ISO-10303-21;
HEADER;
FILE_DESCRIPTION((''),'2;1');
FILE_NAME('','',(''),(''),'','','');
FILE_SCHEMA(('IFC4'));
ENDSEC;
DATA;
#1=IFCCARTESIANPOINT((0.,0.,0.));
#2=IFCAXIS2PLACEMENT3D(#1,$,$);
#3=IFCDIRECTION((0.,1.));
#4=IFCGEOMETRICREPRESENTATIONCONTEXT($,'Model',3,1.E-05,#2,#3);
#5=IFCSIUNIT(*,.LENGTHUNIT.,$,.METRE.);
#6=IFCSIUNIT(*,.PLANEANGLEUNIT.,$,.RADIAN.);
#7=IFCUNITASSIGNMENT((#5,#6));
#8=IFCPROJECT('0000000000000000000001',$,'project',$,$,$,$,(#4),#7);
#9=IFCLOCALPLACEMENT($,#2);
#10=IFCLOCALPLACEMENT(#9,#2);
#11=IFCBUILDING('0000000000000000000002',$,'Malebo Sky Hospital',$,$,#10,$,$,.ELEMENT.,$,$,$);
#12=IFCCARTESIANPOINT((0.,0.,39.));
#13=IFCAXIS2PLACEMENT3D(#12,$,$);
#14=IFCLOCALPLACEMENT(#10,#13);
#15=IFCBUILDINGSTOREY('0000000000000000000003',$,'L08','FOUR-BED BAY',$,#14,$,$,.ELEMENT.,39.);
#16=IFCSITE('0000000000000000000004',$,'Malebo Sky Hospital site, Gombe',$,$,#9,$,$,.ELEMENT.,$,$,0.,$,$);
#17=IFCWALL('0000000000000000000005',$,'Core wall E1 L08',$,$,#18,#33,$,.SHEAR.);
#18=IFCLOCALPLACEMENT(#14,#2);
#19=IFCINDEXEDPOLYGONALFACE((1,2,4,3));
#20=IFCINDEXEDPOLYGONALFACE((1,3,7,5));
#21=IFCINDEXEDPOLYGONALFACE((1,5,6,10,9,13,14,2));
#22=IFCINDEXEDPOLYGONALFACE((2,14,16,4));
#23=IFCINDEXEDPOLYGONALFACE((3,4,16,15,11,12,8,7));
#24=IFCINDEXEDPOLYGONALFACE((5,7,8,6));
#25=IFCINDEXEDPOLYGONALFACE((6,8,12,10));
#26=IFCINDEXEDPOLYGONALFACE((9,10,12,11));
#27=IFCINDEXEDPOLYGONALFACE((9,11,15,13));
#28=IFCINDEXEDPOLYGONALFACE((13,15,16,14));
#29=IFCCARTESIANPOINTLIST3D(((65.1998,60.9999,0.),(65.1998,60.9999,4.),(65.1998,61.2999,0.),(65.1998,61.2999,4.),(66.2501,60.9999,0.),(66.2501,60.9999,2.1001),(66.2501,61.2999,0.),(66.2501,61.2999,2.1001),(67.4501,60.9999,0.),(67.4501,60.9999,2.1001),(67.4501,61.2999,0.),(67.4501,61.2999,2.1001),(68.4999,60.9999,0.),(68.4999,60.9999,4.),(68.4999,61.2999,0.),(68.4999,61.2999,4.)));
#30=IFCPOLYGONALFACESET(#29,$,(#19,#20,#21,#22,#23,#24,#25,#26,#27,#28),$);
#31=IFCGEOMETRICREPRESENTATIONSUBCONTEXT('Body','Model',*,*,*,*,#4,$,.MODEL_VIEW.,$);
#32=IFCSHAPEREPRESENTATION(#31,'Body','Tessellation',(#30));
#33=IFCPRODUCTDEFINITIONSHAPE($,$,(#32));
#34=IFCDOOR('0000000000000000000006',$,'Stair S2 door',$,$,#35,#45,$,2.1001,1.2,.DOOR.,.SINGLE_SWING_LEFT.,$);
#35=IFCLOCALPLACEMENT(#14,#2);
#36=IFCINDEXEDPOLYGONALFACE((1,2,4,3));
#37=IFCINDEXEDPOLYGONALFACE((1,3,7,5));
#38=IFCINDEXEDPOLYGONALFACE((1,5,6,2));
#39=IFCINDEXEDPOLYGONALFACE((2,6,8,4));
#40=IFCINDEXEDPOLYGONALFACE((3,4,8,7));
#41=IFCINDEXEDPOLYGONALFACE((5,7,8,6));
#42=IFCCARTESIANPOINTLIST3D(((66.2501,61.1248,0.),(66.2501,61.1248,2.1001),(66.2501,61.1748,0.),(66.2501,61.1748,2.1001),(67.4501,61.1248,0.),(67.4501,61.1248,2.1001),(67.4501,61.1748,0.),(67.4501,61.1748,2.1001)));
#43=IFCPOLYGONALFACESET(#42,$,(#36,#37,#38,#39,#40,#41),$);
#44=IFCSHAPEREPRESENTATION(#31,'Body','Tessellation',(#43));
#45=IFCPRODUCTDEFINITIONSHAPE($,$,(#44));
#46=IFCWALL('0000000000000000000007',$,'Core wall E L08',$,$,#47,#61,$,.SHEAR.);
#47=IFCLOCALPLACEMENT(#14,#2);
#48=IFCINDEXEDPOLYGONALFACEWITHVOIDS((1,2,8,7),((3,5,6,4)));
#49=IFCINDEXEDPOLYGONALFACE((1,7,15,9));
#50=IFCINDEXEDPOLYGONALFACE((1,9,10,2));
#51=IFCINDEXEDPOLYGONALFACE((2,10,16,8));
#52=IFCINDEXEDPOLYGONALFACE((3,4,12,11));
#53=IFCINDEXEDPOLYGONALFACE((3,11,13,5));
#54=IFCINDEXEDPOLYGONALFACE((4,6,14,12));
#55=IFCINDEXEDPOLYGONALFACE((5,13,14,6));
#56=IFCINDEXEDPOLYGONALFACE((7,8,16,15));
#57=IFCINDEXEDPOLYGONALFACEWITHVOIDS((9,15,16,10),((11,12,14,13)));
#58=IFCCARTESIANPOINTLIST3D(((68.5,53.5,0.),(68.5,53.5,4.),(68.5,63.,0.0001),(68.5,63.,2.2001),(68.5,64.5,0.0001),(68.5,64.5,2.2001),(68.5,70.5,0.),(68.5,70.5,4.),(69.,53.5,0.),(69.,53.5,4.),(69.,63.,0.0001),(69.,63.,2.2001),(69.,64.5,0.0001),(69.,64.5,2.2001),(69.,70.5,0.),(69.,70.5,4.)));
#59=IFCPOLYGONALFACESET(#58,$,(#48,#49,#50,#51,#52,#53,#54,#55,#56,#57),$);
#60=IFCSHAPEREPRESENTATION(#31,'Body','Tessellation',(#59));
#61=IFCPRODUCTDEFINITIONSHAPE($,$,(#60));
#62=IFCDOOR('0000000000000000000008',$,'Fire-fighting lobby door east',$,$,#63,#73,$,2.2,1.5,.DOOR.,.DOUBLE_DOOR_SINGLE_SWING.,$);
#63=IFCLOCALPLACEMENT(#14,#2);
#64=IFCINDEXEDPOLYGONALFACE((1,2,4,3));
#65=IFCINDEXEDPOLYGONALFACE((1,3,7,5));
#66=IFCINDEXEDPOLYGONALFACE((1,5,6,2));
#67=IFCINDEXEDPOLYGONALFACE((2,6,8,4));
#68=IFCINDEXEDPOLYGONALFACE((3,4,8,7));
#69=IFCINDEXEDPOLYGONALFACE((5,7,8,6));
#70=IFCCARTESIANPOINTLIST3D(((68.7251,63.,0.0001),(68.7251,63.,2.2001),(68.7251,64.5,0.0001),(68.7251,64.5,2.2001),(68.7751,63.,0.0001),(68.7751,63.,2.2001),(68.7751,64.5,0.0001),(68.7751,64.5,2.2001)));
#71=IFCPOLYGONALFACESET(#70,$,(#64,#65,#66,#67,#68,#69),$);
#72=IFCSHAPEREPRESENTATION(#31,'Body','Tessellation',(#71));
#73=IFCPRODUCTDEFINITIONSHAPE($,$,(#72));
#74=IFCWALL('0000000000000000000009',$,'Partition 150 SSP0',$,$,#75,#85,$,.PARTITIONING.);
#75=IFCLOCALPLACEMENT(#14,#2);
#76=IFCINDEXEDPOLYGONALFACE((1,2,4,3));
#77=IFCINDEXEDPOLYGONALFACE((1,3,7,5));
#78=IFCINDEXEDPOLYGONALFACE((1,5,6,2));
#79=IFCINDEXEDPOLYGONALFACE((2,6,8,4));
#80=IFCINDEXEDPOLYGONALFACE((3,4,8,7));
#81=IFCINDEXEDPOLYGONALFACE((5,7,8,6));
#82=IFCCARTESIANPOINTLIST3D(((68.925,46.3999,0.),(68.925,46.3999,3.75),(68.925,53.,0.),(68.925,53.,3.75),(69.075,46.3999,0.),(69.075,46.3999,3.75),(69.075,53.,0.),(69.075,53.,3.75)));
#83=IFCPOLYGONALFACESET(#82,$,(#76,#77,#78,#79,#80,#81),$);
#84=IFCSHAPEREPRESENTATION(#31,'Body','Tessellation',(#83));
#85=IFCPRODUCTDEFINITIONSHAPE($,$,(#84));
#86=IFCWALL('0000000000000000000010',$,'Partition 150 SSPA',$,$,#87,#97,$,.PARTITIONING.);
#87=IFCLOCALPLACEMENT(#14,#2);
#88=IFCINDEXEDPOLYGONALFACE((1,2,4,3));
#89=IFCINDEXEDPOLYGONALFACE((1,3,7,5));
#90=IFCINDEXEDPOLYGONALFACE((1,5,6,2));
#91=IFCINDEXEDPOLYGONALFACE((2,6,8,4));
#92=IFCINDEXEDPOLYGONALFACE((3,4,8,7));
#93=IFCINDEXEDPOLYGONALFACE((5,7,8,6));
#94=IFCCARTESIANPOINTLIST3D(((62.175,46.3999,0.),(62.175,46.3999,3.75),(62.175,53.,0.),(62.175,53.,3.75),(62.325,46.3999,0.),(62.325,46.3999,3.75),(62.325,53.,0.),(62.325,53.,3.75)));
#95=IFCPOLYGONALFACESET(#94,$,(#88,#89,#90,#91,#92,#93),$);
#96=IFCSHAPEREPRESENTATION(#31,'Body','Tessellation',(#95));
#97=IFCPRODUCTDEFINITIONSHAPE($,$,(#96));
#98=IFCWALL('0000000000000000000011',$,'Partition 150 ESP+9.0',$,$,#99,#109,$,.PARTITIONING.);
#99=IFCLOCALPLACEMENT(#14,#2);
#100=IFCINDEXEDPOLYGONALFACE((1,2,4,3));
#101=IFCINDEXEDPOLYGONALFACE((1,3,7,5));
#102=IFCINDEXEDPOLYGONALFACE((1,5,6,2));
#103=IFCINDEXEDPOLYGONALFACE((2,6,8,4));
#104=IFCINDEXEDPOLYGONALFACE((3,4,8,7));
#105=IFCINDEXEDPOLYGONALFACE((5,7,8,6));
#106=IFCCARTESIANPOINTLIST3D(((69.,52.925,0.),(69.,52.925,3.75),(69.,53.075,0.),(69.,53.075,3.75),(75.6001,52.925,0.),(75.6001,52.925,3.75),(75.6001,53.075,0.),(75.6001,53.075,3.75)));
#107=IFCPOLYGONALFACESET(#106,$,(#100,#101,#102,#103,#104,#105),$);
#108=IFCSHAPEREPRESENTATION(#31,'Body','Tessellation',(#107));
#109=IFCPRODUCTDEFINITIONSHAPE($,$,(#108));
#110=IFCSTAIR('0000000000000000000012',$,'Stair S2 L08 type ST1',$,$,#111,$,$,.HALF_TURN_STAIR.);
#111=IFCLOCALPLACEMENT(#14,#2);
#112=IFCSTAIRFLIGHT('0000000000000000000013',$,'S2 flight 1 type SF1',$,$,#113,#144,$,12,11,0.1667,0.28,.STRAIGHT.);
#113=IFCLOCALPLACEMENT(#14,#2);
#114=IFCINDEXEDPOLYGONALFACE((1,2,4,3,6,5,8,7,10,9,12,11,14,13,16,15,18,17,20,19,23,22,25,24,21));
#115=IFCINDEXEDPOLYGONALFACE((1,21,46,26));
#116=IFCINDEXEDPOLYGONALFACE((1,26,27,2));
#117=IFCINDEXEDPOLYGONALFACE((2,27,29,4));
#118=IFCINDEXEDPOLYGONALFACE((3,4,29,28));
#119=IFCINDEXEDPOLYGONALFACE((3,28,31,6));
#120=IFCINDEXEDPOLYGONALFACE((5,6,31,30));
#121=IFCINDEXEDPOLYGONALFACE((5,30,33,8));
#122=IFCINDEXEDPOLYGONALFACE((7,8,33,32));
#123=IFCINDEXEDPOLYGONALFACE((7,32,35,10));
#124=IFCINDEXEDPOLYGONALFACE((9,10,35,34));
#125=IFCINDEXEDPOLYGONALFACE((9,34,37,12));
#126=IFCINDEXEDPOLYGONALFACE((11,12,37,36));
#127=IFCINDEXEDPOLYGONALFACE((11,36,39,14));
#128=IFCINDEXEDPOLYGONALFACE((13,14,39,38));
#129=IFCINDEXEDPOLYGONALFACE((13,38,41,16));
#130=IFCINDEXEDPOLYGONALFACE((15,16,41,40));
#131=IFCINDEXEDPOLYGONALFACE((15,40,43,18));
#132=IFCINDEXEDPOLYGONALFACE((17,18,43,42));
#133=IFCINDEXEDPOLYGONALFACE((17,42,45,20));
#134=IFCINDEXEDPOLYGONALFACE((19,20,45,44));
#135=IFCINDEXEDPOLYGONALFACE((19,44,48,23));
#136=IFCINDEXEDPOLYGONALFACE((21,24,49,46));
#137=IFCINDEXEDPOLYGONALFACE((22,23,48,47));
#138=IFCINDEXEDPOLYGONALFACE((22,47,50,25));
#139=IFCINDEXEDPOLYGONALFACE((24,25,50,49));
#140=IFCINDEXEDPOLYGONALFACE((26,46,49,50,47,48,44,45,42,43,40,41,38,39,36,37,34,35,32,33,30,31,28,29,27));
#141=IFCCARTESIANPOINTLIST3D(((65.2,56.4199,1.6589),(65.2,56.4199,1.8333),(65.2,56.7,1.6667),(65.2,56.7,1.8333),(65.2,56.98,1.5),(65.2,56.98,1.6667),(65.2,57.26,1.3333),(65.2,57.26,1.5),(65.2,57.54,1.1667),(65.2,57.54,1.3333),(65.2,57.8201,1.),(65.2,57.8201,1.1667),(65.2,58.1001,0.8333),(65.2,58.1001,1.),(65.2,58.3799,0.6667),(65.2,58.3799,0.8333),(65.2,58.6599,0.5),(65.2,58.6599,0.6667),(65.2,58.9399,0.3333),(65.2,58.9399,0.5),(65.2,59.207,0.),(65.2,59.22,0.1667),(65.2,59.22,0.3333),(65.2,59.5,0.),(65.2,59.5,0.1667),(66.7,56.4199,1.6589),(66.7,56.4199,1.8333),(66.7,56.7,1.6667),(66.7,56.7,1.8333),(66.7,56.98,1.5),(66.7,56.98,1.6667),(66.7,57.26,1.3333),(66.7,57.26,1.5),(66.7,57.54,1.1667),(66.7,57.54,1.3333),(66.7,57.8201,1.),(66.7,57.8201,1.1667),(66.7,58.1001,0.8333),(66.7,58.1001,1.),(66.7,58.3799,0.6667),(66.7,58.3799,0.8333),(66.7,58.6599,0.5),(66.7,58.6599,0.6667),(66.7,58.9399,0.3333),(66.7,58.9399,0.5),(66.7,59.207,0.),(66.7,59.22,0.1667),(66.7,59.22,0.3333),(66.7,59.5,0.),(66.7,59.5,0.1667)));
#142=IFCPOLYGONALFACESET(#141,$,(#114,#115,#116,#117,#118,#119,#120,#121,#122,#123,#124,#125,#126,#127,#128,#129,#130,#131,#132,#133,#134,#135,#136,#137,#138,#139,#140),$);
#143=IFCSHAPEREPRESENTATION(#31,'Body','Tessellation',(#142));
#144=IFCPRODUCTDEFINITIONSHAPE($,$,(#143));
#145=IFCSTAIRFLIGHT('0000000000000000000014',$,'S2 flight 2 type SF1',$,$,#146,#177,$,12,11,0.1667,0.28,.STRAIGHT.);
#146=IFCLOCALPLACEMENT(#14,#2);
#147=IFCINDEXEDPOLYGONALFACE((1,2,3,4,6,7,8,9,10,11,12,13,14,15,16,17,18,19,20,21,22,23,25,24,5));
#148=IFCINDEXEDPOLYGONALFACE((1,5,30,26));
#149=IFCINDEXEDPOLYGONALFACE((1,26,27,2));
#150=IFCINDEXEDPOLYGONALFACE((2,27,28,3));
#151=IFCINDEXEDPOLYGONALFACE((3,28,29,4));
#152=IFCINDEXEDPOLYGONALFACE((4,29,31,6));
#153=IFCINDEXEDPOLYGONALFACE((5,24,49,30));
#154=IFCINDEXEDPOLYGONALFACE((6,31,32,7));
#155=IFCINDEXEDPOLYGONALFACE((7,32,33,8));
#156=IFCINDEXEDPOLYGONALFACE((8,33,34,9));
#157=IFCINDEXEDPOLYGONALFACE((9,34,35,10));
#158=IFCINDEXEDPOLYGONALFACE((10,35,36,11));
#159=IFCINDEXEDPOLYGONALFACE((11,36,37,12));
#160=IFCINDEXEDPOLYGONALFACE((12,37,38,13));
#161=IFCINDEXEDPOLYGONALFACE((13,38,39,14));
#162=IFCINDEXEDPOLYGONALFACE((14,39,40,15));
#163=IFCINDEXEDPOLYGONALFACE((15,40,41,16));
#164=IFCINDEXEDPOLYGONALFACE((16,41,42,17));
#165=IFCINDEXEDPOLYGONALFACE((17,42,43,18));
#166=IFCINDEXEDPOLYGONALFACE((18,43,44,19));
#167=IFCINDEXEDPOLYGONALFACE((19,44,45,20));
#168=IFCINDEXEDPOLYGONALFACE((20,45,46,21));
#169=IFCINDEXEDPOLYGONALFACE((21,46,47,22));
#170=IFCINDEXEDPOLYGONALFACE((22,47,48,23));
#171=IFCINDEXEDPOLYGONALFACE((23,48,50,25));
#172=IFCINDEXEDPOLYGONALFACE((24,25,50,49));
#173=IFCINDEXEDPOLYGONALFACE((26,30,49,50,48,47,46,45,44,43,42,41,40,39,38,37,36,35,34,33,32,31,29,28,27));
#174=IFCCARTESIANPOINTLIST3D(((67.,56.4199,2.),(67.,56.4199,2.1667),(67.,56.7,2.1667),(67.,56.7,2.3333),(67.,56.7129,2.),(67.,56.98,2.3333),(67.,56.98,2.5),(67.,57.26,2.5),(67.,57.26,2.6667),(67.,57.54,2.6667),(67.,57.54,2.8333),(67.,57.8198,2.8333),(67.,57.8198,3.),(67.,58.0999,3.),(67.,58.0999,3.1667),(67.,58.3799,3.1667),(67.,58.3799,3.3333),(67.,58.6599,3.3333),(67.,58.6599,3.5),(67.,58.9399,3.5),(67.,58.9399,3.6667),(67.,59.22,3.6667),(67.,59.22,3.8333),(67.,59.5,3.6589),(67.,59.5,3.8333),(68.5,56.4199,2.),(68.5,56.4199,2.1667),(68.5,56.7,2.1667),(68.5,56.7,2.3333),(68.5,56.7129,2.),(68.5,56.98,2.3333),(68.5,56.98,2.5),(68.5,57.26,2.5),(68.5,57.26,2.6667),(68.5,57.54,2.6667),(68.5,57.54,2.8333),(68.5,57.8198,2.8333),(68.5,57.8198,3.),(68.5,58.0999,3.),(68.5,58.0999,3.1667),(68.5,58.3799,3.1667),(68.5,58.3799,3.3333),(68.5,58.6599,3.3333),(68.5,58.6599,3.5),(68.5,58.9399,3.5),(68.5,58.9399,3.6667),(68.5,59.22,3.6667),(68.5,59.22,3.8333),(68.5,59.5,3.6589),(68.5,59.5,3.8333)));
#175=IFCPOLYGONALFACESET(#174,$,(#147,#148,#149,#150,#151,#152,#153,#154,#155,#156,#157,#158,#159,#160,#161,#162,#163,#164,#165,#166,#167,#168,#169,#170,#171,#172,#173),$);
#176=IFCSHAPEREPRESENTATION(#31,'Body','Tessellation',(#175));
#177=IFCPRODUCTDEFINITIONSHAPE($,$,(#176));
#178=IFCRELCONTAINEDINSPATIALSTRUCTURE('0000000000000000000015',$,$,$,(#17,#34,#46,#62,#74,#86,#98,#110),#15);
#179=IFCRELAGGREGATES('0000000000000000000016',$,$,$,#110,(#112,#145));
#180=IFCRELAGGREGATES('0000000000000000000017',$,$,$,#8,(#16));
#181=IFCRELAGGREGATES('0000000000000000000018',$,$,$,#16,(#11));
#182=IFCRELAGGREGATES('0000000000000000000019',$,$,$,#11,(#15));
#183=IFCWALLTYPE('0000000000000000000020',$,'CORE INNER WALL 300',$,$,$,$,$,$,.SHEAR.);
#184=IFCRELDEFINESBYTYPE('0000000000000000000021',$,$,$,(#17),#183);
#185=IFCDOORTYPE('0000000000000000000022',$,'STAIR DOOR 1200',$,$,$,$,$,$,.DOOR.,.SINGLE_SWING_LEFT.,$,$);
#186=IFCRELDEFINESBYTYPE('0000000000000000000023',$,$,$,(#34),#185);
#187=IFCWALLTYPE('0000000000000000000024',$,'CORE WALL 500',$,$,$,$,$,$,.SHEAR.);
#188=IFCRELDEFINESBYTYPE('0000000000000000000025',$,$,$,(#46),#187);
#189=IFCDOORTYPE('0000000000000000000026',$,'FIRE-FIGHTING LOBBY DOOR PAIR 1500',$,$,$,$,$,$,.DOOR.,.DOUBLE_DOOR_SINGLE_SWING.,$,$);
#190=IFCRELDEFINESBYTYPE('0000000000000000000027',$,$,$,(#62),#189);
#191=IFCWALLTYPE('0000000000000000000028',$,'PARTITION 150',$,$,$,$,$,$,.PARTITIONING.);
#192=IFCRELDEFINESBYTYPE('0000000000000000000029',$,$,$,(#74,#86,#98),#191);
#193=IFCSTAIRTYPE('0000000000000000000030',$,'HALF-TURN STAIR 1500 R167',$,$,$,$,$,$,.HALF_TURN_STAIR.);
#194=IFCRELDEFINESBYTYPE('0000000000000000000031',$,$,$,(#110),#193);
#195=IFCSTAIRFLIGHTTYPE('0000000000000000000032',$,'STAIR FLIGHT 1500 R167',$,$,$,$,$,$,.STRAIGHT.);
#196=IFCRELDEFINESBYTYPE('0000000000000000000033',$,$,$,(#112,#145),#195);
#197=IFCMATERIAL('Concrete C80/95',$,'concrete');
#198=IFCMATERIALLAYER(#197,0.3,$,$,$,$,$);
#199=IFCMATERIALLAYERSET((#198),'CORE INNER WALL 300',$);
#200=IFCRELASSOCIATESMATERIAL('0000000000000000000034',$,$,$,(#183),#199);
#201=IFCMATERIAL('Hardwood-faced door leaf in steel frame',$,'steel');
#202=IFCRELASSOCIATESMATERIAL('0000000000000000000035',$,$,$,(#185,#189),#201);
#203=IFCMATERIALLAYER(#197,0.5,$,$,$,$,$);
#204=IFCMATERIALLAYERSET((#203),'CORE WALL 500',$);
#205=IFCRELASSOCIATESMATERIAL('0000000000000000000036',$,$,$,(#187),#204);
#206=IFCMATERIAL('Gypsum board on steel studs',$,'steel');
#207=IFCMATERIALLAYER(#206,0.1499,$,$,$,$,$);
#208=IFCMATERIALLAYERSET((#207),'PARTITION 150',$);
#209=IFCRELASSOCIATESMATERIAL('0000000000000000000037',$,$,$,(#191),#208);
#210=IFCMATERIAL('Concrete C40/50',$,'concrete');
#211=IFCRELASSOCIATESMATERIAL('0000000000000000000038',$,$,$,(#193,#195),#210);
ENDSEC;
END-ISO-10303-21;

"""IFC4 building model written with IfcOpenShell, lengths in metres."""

from ifc_helpers import new_model, si_unit, direction, frame, frame_2d, origin, place, context, subcontext, project, spatial, polyline, rectangle, outline, extrude, material, layer, layer_set, type_object, element, fill, aggregate, save


model = new_model("IFC4")

# Units and contexts
model_context = context("Model", 3, precision=1e-05, world=origin(), true_north=direction((0.0, 1.0)))
body_context = subcontext(model_context, "Body", "Model", "MODEL_VIEW")
ifc_project = project(units=[si_unit("LENGTHUNIT", "METRE"), si_unit("PLANEANGLEUNIT", "RADIAN")], contexts=[model_context])

# Site, building, storey
site_placement = place(None, origin())
site = spatial("IfcSite", under=ifc_project, at=site_placement, Name="Malebo Sky Hospital site, Gombe", CompositionType="ELEMENT", RefElevation=0.0)
building_placement = place(site_placement, origin())
building = spatial("IfcBuilding", under=site, at=building_placement, Name="Malebo Sky Hospital", CompositionType="ELEMENT")
storey_placement = place(building_placement, frame((0.0, 0.0, 39.0)))
storey = spatial("IfcBuildingStorey", under=building, at=storey_placement, Name="L08", Description="FOUR-BED BAY", CompositionType="ELEMENT", Elevation=39.0)

# Shared definitions
ifc_material_1 = material(Name="Concrete C80/95", Category="concrete")

# Shared definitions
ifc_layer_1 = layer(ifc_material_1, 0.3)
ifc_layer_set_1 = layer_set([ifc_layer_1], Name="CORE INNER WALL 300")
wall_type_1 = type_object("IfcWallType", Name="CORE INNER WALL 300", PredefinedType="SHEAR", material=ifc_layer_set_1)

# Walls, openings, doors
wall_1_placement = place(storey_placement, frame((65.2, 61.1499, 0.0), z_axis=(0.0, 0.0, 1.0), x_axis=(1.0, 0.0, 0.0)))
wall_1 = element("IfcWall", 1, at=wall_1_placement, inside=storey, type_object=wall_type_1, Name="Core wall E1 L08", PredefinedType="SHEAR", context=body_context, shape_type="SweptSolid", body=[
    extrude(rectangle(XDim=3.3, YDim=0.3, at=frame_2d((1.6499, 0.0))), origin(), (0.0, 0.0, 1.0), 4.0),
])
opening_1_placement = place(wall_1_placement, frame((1.05, 0.0, 0.0)))
opening_1 = element("IfcOpeningElement", 2, at=opening_1_placement, cuts=wall_1, PredefinedType="OPENING", context=body_context, shape_type="SweptSolid", body=[
    extrude(rectangle(XDim=1.2, YDim=2.1001, at=frame_2d((0.6001, 1.05))), frame((0.0, 0.1599, 0.0), z_axis=(0.0, -1.0, 0.0), x_axis=(1.0, 0.0, 0.0)), (0.0, 0.0, 1.0), 0.3201),
])
ifc_material_2 = material(Name="Hardwood-faced door leaf in steel frame", Category="steel")
door_type_1 = type_object("IfcDoorType", Name="STAIR DOOR 1200", OperationType="SINGLE_SWING_LEFT", PredefinedType="DOOR", material=ifc_material_2)
door_1_placement = place(opening_1_placement, origin())
door_1 = element("IfcDoor", 3, at=door_1_placement, inside=storey, type_object=door_type_1, Name="Stair S2 door", OperationType="SINGLE_SWING_LEFT", OverallHeight=2.1001, OverallWidth=1.2, PredefinedType="DOOR", context=body_context, shape_type="SweptSolid", body=[
    extrude(rectangle(XDim=1.2, YDim=2.1001, at=frame_2d((0.6001, 1.05))), frame((0.0, 0.0249, 0.0), z_axis=(0.0, -1.0, 0.0), x_axis=(1.0, 0.0, 0.0)), (0.0, 0.0, 1.0), 0.05),
])
fill(opening_1, door_1)
ifc_layer_2 = layer(ifc_material_1, 0.5)
ifc_layer_set_2 = layer_set([ifc_layer_2], Name="CORE WALL 500")
wall_type_2 = type_object("IfcWallType", Name="CORE WALL 500", PredefinedType="SHEAR", material=ifc_layer_set_2)
wall_2_placement = place(storey_placement, frame((68.75, 53.5, 0.0), z_axis=(0.0, 0.0, 1.0), x_axis=(0.0, 1.0, 0.0)))
wall_2 = element("IfcWall", 4, at=wall_2_placement, inside=storey, type_object=wall_type_2, Name="Core wall E L08", PredefinedType="SHEAR", context=body_context, shape_type="SweptSolid", body=[
    extrude(rectangle(XDim=17.0, YDim=0.5, at=frame_2d((8.5, 0.0))), origin(), (0.0, 0.0, 1.0), 4.0),
])
opening_2_placement = place(wall_2_placement, frame((9.5, 0.0, 0.0)))
opening_2 = element("IfcOpeningElement", 5, at=opening_2_placement, cuts=wall_2, PredefinedType="OPENING", context=body_context, shape_type="SweptSolid", body=[
    extrude(rectangle(XDim=1.5, YDim=2.2, at=frame_2d((0.75, 1.1001))), frame((0.0, 0.26, 0.0), z_axis=(0.0, -1.0, 0.0), x_axis=(1.0, 0.0, 0.0)), (0.0, 0.0, 1.0), 0.52),
])
door_type_2 = type_object("IfcDoorType", Name="FIRE-FIGHTING LOBBY DOOR PAIR 1500", OperationType="DOUBLE_DOOR_SINGLE_SWING", PredefinedType="DOOR", material=ifc_material_2)
door_2_placement = place(opening_2_placement, origin())
door_2 = element("IfcDoor", 6, at=door_2_placement, inside=storey, type_object=door_type_2, Name="Fire-fighting lobby door east", OperationType="DOUBLE_DOOR_SINGLE_SWING", OverallHeight=2.2, OverallWidth=1.5, PredefinedType="DOOR", context=body_context, shape_type="SweptSolid", body=[
    extrude(rectangle(XDim=1.5, YDim=2.2, at=frame_2d((0.75, 1.1001))), frame((0.0, 0.0249, 0.0), z_axis=(0.0, -1.0, 0.0), x_axis=(1.0, 0.0, 0.0)), (0.0, 0.0, 1.0), 0.05),
])
fill(opening_2, door_2)

# Walls
ifc_material_3 = material(Name="Gypsum board on steel studs", Category="steel")
ifc_layer_3 = layer(ifc_material_3, 0.1499)
ifc_layer_set_3 = layer_set([ifc_layer_3], Name="PARTITION 150")
wall_type_3 = type_object("IfcWallType", Name="PARTITION 150", PredefinedType="PARTITIONING", material=ifc_layer_set_3)
for number, where, z_axis, x_axis, name in (
    (7, (69.0, 53.0, 0.0), (0.0, 0.0, 1.0), (0.0, -1.0, 0.0), "Partition 150 SSP0"),
    (8, (62.25, 53.0, 0.0), (0.0, 0.0, 1.0), (0.0, -1.0, 0.0), "Partition 150 SSPA"),
    (9, (69.0, 53.0, 0.0), (0.0, 0.0, 1.0), (1.0, 0.0, 0.0), "Partition 150 ESP+9.0"),
):
    element("IfcWall", number, at=place(storey_placement, frame(where, z_axis=z_axis, x_axis=x_axis)), inside=storey, type_object=wall_type_3, Name=name, PredefinedType="PARTITIONING", context=body_context, shape_type="SweptSolid", body=[
        extrude(rectangle(XDim=6.6001, YDim=0.1499, at=frame_2d((3.3, 0.0))), origin(), (0.0, 0.0, 1.0), 3.75),
    ])

# Stair, stair flights
ifc_material_4 = material(Name="Concrete C40/50", Category="concrete")
stair_type = type_object("IfcStairType", Name="HALF-TURN STAIR 1500 R167", PredefinedType="HALF_TURN_STAIR", material=ifc_material_4)
stair_placement = place(storey_placement, origin())
stair = element("IfcStair", 10, at=stair_placement, inside=storey, type_object=stair_type, Name="Stair S2 L08 type ST1", PredefinedType="HALF_TURN_STAIR")
stair_flight_type = type_object("IfcStairFlightType", Name="STAIR FLIGHT 1500 R167", PredefinedType="STRAIGHT", material=ifc_material_4)
stair_flight_1_placement = place(storey_placement, frame((65.95, 59.5, 0.0), z_axis=(0.0, 0.0, 1.0), x_axis=(0.0, -1.0, 0.0)))
stair_flight_1 = element("IfcStairFlight", 11, at=stair_flight_1_placement, type_object=stair_flight_type, Name="S2 flight 1 type SF1", NumberOfRisers=12, NumberOfTreads=11, PredefinedType="STRAIGHT", RiserHeight=0.1667, TreadLength=0.28, context=body_context, shape_type="SweptSolid", body=[
    extrude(outline(polyline([(0.0, 0.0), (0.0, 0.1667), (0.28, 0.1667), (0.28, 0.3333), (0.5601, 0.3333), (0.5601, 0.5), (0.8401, 0.5), (0.8401, 0.6667), (1.1201, 0.6667), (1.1201, 0.8333), (1.3999, 0.8333), (1.3999, 1.0), (1.6799, 1.0), (1.6799, 1.1667), (1.96, 1.1667), (1.96, 1.3333), (2.24, 1.3333), (2.24, 1.5), (2.52, 1.5), (2.52, 1.6667), (2.8, 1.6667), (2.8, 1.8333), (3.0801, 1.8333), (3.0801, 2.0), (3.0801, 1.6589), (0.293, 0.0), (0.0, 0.0)])), frame((0.0, 0.75, 0.0), z_axis=(0.0, -1.0, 0.0), x_axis=(1.0, 0.0, 0.0)), (0.0, 0.0, 1.0), 1.5),
])
stair_flight_2_placement = place(storey_placement, frame((67.75, 56.4199, 2.0), z_axis=(0.0, 0.0, 1.0), x_axis=(0.0, 1.0, 0.0)))
stair_flight_2 = element("IfcStairFlight", 12, at=stair_flight_2_placement, type_object=stair_flight_type, Name="S2 flight 2 type SF1", NumberOfRisers=12, NumberOfTreads=11, PredefinedType="STRAIGHT", RiserHeight=0.1667, TreadLength=0.28, context=body_context, shape_type="SweptSolid", body=[
    extrude(outline(polyline([(0.0, 0.0), (0.0, 0.1667), (0.28, 0.1667), (0.28, 0.3333), (0.5601, 0.3333), (0.5601, 0.5), (0.8401, 0.5), (0.8401, 0.6667), (1.1201, 0.6667), (1.1201, 0.8333), (1.3999, 0.8333), (1.3999, 1.0), (1.6799, 1.0), (1.6799, 1.1667), (1.96, 1.1667), (1.96, 1.3333), (2.24, 1.3333), (2.24, 1.5), (2.52, 1.5), (2.52, 1.6667), (2.8, 1.6667), (2.8, 1.8333), (3.0801, 1.8333), (3.0801, 2.0), (3.0801, 1.6589), (0.293, 0.0), (0.0, 0.0)])), frame((0.0, 0.75, 0.0), z_axis=(0.0, -1.0, 0.0), x_axis=(1.0, 0.0, 0.0)), (0.0, 0.0, 1.0), 1.5),
])
aggregate(stair, [stair_flight_1, stair_flight_2])

save(model, "model.ifc")
